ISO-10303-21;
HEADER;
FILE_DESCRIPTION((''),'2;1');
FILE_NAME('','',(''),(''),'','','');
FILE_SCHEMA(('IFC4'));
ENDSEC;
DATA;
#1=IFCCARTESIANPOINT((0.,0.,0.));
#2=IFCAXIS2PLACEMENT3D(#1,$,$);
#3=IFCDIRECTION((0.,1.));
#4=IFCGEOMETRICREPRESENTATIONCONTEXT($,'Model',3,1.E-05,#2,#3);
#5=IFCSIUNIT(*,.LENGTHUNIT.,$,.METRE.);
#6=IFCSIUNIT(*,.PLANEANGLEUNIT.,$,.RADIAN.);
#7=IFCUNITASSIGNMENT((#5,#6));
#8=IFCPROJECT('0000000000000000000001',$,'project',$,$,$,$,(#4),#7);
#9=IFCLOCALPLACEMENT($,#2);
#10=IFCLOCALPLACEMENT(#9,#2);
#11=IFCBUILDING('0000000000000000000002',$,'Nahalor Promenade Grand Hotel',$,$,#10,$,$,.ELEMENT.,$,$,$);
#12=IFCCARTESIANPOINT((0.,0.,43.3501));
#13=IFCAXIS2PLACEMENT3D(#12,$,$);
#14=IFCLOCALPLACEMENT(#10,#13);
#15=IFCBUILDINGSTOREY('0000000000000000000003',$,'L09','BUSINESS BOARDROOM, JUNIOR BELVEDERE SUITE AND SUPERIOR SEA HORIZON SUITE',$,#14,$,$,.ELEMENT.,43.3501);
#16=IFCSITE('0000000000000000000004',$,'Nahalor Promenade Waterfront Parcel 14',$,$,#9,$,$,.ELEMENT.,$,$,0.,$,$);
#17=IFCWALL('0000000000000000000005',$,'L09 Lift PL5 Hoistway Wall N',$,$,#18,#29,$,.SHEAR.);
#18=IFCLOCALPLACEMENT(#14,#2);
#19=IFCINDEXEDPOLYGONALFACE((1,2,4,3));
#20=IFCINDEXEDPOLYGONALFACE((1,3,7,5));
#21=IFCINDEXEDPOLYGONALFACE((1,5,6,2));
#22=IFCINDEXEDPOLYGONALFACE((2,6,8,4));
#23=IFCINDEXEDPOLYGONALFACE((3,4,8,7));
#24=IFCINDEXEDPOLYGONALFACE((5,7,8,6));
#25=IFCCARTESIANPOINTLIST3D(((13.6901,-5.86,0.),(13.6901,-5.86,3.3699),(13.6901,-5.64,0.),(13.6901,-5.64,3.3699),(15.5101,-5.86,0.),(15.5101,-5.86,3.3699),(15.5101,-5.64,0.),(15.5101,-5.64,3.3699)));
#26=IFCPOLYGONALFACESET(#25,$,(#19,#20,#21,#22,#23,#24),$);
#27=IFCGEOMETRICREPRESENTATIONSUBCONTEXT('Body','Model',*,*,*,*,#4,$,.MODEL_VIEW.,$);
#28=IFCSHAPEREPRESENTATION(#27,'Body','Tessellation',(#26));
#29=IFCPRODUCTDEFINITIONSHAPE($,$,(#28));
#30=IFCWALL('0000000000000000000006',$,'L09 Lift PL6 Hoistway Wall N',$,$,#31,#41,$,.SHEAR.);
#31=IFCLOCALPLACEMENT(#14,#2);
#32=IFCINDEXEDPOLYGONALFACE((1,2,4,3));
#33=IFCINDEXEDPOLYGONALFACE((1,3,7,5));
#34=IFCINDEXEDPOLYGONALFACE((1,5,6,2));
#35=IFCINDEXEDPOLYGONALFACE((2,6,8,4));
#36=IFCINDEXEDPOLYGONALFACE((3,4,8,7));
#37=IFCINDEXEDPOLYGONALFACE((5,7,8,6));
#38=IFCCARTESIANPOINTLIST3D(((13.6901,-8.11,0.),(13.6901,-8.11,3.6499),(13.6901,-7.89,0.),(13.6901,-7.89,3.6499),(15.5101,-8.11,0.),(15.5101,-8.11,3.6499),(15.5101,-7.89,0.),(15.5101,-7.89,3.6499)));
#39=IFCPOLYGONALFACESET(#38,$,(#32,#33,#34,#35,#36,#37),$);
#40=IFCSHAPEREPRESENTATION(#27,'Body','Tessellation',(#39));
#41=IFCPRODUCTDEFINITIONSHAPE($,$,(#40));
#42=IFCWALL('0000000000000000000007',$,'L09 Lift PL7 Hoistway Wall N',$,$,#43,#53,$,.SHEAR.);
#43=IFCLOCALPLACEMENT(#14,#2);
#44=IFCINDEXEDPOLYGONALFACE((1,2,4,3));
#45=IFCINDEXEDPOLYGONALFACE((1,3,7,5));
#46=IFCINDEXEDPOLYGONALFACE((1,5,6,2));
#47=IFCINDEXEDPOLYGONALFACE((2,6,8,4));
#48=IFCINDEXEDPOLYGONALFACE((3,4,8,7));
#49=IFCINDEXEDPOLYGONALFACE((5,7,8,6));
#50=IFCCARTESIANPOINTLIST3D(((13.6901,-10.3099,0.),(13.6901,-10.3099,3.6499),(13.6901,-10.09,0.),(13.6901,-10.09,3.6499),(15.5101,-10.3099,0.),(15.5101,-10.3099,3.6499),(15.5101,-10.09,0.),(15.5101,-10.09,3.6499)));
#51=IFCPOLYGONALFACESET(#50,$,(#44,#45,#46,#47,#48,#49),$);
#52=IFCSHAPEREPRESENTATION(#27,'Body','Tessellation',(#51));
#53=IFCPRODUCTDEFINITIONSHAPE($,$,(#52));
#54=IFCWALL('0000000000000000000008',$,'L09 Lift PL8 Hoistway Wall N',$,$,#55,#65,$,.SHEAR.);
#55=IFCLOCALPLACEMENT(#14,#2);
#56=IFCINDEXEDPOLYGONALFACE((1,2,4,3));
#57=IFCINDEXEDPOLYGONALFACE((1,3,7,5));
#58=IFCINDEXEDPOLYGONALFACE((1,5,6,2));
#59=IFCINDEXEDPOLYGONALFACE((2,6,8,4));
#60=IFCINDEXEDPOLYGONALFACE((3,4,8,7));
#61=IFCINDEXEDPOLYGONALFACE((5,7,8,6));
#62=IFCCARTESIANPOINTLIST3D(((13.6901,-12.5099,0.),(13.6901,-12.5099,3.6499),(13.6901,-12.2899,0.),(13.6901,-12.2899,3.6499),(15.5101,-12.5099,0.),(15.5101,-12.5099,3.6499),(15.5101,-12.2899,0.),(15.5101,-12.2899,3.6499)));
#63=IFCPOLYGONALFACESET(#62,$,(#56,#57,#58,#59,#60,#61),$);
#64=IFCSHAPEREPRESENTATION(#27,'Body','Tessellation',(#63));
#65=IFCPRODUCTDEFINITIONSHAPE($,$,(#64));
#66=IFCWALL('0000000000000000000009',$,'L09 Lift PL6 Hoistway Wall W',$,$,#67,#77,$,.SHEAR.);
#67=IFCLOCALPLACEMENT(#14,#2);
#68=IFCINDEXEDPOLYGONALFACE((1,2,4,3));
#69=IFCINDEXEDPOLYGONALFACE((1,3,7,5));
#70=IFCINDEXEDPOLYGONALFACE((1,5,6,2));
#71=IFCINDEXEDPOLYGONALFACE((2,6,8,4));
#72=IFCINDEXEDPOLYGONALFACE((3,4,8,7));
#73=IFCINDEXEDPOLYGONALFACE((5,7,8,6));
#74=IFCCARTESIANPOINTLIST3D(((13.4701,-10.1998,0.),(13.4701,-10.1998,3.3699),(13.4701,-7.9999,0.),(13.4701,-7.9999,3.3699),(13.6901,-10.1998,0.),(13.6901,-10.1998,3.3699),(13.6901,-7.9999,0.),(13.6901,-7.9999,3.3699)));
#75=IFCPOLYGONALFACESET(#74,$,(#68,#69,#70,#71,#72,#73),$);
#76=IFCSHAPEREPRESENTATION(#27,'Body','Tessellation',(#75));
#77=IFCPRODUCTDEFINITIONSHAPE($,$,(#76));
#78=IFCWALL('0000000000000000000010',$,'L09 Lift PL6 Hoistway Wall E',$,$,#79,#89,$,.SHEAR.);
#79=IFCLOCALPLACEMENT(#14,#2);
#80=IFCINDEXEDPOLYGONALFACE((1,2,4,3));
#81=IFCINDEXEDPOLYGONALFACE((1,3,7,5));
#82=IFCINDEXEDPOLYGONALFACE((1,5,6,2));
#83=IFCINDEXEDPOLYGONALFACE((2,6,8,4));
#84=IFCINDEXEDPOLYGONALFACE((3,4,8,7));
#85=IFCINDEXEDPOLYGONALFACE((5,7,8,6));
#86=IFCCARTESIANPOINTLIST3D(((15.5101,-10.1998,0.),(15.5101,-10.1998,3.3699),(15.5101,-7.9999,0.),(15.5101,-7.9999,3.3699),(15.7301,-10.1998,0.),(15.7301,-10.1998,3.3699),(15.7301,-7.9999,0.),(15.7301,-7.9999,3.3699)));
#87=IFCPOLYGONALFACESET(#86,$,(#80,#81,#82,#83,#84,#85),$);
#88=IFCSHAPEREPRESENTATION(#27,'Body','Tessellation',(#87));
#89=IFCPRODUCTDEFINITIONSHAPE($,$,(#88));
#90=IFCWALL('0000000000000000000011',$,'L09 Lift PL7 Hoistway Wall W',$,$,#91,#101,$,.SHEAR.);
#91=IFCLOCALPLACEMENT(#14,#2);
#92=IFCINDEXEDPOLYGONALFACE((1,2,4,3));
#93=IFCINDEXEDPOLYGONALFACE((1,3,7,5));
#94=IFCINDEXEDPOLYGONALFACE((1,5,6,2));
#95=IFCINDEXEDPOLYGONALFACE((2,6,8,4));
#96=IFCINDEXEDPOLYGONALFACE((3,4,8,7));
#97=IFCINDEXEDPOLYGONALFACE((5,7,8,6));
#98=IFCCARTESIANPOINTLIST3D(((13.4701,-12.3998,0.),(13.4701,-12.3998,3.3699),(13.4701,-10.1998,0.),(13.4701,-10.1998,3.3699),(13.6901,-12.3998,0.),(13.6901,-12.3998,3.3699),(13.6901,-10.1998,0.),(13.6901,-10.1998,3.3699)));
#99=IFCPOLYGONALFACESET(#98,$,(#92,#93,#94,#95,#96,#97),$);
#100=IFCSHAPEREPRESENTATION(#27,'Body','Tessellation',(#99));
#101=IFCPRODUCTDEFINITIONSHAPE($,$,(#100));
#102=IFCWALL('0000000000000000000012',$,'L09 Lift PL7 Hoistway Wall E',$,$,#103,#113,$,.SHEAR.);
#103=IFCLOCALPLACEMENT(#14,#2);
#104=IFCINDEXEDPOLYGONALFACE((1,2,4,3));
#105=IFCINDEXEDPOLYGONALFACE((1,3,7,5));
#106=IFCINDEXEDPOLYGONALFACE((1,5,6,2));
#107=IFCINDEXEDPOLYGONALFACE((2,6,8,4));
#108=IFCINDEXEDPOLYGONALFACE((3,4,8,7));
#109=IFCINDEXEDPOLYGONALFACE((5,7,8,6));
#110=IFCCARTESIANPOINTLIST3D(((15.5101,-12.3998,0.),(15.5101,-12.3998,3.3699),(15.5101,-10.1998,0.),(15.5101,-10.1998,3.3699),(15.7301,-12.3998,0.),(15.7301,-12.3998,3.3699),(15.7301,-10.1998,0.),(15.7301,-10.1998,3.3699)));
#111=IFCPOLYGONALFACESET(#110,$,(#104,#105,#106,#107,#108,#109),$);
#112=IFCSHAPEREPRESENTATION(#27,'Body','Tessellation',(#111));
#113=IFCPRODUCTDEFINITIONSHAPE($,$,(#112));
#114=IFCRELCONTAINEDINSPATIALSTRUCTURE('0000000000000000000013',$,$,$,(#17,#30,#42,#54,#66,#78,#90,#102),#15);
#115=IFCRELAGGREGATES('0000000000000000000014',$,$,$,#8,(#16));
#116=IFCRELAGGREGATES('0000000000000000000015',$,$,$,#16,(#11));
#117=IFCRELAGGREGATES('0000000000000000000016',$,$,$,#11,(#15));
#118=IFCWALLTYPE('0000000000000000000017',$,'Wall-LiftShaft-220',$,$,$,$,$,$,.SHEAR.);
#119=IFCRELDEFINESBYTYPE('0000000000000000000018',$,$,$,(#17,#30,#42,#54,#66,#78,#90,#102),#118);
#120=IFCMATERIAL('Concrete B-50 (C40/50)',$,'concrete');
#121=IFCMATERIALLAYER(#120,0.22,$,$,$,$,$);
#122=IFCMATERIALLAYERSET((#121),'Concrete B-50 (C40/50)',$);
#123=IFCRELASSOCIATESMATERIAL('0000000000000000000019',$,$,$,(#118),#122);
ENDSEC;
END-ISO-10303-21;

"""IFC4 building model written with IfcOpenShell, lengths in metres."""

from ifc_helpers import new_model, si_unit, direction, frame, frame_2d, origin, place, context, subcontext, project, spatial, rectangle, extrude, source, transform, mapped, material, layer, layer_set, type_object, element, save


model = new_model("IFC4")

# Units and contexts
model_context = context("Model", 3, precision=1e-05, world=origin(), true_north=direction((0.0, 1.0)))
body_context = subcontext(model_context, "Body", "Model", "MODEL_VIEW")
ifc_project = project(units=[si_unit("LENGTHUNIT", "METRE"), si_unit("PLANEANGLEUNIT", "RADIAN")], contexts=[model_context])

# Site, building, storey
site_placement = place(None, origin())
site = spatial("IfcSite", under=ifc_project, at=site_placement, Name="Nahalor Promenade Waterfront Parcel 14", CompositionType="ELEMENT", RefElevation=0.0)
building_placement = place(site_placement, origin())
building = spatial("IfcBuilding", under=site, at=building_placement, Name="Nahalor Promenade Grand Hotel", CompositionType="ELEMENT")
storey_placement = place(building_placement, frame((0.0, 0.0, 43.3501)))
storey = spatial("IfcBuildingStorey", under=building, at=storey_placement, Name="L09", Description="BUSINESS BOARDROOM, JUNIOR BELVEDERE SUITE AND SUPERIOR SEA HORIZON SUITE", CompositionType="ELEMENT", Elevation=43.3501)

# Walls
ifc_material_1 = material(Name="Concrete B-50 (C40/50)", Category="concrete")
ifc_layer_1 = layer(ifc_material_1, 0.22)
ifc_layer_set_1 = layer_set([ifc_layer_1], Name="Concrete B-50 (C40/50)")
wall_type_1 = type_object("IfcWallType", Name="Wall-LiftShaft-220", PredefinedType="SHEAR", material=ifc_layer_set_1)
shared_shape_1 = source(origin(), body_context, "Body", "SweptSolid", [
    extrude(rectangle(XDim=1.8201, YDim=0.22, at=frame_2d((0.9102, 0.0))), origin(), (0.0, 0.0, 1.0), 3.3699),
])
wall_1_placement = place(storey_placement, frame((13.6899, -5.75, 0.0), z_axis=(0.0, 0.0, 1.0), x_axis=(1.0, 0.0, 0.0)))
element("IfcWall", 1, at=wall_1_placement, inside=storey, type_object=wall_type_1, Name="L09 Lift PL5 Hoistway Wall N", PredefinedType="SHEAR", context=body_context, shape_type="MappedRepresentation", body=[
    mapped(shared_shape_1, transform((0.0, 0.0, 0.0), scale=1.0)),
])
shared_shape_2 = source(origin(), body_context, "Body", "SweptSolid", [
    extrude(rectangle(XDim=1.8201, YDim=0.22, at=frame_2d((0.9102, 0.0))), origin(), (0.0, 0.0, 1.0), 3.6499),
])
for number, where, z_axis, x_axis, name in (
    (2, (13.6899, -8.0, 0.0), (0.0, 0.0, 1.0), (1.0, 0.0, 0.0), "L09 Lift PL6 Hoistway Wall N"),
    (3, (13.6899, -10.2, 0.0), (0.0, 0.0, 1.0), (1.0, 0.0, 0.0), "L09 Lift PL7 Hoistway Wall N"),
    (4, (13.6899, -12.3999, 0.0), (0.0, 0.0, 1.0), (1.0, 0.0, 0.0), "L09 Lift PL8 Hoistway Wall N"),
):
    element("IfcWall", number, at=place(storey_placement, frame(where, z_axis=z_axis, x_axis=x_axis)), inside=storey, type_object=wall_type_1, Name=name, PredefinedType="SHEAR", context=body_context, shape_type="MappedRepresentation", body=[
        mapped(shared_shape_2, transform((0.0, 0.0, 0.0), scale=1.0)),
    ])
shared_shape_3 = source(origin(), body_context, "Body", "SweptSolid", [
    extrude(rectangle(XDim=2.2, YDim=0.22, at=frame_2d((1.1001, 0.0))), origin(), (0.0, 0.0, 1.0), 3.3699),
])
for number, where, z_axis, x_axis, name in (
    (5, (13.5801, -10.2, 0.0), (0.0, 0.0, 1.0), (0.0, 1.0, 0.0), "L09 Lift PL6 Hoistway Wall W"),
    (6, (15.6201, -10.2, 0.0), (0.0, 0.0, 1.0), (0.0, 1.0, 0.0), "L09 Lift PL6 Hoistway Wall E"),
    (7, (13.5801, -12.3999, 0.0), (0.0, 0.0, 1.0), (0.0, 1.0, 0.0), "L09 Lift PL7 Hoistway Wall W"),
    (8, (15.6201, -12.3999, 0.0), (0.0, 0.0, 1.0), (0.0, 1.0, 0.0), "L09 Lift PL7 Hoistway Wall E"),
):
    element("IfcWall", number, at=place(storey_placement, frame(where, z_axis=z_axis, x_axis=x_axis)), inside=storey, type_object=wall_type_1, Name=name, PredefinedType="SHEAR", context=body_context, shape_type="MappedRepresentation", body=[
        mapped(shared_shape_3, transform((0.0, 0.0, 0.0), scale=1.0)),
    ])

save(model, "model.ifc")
